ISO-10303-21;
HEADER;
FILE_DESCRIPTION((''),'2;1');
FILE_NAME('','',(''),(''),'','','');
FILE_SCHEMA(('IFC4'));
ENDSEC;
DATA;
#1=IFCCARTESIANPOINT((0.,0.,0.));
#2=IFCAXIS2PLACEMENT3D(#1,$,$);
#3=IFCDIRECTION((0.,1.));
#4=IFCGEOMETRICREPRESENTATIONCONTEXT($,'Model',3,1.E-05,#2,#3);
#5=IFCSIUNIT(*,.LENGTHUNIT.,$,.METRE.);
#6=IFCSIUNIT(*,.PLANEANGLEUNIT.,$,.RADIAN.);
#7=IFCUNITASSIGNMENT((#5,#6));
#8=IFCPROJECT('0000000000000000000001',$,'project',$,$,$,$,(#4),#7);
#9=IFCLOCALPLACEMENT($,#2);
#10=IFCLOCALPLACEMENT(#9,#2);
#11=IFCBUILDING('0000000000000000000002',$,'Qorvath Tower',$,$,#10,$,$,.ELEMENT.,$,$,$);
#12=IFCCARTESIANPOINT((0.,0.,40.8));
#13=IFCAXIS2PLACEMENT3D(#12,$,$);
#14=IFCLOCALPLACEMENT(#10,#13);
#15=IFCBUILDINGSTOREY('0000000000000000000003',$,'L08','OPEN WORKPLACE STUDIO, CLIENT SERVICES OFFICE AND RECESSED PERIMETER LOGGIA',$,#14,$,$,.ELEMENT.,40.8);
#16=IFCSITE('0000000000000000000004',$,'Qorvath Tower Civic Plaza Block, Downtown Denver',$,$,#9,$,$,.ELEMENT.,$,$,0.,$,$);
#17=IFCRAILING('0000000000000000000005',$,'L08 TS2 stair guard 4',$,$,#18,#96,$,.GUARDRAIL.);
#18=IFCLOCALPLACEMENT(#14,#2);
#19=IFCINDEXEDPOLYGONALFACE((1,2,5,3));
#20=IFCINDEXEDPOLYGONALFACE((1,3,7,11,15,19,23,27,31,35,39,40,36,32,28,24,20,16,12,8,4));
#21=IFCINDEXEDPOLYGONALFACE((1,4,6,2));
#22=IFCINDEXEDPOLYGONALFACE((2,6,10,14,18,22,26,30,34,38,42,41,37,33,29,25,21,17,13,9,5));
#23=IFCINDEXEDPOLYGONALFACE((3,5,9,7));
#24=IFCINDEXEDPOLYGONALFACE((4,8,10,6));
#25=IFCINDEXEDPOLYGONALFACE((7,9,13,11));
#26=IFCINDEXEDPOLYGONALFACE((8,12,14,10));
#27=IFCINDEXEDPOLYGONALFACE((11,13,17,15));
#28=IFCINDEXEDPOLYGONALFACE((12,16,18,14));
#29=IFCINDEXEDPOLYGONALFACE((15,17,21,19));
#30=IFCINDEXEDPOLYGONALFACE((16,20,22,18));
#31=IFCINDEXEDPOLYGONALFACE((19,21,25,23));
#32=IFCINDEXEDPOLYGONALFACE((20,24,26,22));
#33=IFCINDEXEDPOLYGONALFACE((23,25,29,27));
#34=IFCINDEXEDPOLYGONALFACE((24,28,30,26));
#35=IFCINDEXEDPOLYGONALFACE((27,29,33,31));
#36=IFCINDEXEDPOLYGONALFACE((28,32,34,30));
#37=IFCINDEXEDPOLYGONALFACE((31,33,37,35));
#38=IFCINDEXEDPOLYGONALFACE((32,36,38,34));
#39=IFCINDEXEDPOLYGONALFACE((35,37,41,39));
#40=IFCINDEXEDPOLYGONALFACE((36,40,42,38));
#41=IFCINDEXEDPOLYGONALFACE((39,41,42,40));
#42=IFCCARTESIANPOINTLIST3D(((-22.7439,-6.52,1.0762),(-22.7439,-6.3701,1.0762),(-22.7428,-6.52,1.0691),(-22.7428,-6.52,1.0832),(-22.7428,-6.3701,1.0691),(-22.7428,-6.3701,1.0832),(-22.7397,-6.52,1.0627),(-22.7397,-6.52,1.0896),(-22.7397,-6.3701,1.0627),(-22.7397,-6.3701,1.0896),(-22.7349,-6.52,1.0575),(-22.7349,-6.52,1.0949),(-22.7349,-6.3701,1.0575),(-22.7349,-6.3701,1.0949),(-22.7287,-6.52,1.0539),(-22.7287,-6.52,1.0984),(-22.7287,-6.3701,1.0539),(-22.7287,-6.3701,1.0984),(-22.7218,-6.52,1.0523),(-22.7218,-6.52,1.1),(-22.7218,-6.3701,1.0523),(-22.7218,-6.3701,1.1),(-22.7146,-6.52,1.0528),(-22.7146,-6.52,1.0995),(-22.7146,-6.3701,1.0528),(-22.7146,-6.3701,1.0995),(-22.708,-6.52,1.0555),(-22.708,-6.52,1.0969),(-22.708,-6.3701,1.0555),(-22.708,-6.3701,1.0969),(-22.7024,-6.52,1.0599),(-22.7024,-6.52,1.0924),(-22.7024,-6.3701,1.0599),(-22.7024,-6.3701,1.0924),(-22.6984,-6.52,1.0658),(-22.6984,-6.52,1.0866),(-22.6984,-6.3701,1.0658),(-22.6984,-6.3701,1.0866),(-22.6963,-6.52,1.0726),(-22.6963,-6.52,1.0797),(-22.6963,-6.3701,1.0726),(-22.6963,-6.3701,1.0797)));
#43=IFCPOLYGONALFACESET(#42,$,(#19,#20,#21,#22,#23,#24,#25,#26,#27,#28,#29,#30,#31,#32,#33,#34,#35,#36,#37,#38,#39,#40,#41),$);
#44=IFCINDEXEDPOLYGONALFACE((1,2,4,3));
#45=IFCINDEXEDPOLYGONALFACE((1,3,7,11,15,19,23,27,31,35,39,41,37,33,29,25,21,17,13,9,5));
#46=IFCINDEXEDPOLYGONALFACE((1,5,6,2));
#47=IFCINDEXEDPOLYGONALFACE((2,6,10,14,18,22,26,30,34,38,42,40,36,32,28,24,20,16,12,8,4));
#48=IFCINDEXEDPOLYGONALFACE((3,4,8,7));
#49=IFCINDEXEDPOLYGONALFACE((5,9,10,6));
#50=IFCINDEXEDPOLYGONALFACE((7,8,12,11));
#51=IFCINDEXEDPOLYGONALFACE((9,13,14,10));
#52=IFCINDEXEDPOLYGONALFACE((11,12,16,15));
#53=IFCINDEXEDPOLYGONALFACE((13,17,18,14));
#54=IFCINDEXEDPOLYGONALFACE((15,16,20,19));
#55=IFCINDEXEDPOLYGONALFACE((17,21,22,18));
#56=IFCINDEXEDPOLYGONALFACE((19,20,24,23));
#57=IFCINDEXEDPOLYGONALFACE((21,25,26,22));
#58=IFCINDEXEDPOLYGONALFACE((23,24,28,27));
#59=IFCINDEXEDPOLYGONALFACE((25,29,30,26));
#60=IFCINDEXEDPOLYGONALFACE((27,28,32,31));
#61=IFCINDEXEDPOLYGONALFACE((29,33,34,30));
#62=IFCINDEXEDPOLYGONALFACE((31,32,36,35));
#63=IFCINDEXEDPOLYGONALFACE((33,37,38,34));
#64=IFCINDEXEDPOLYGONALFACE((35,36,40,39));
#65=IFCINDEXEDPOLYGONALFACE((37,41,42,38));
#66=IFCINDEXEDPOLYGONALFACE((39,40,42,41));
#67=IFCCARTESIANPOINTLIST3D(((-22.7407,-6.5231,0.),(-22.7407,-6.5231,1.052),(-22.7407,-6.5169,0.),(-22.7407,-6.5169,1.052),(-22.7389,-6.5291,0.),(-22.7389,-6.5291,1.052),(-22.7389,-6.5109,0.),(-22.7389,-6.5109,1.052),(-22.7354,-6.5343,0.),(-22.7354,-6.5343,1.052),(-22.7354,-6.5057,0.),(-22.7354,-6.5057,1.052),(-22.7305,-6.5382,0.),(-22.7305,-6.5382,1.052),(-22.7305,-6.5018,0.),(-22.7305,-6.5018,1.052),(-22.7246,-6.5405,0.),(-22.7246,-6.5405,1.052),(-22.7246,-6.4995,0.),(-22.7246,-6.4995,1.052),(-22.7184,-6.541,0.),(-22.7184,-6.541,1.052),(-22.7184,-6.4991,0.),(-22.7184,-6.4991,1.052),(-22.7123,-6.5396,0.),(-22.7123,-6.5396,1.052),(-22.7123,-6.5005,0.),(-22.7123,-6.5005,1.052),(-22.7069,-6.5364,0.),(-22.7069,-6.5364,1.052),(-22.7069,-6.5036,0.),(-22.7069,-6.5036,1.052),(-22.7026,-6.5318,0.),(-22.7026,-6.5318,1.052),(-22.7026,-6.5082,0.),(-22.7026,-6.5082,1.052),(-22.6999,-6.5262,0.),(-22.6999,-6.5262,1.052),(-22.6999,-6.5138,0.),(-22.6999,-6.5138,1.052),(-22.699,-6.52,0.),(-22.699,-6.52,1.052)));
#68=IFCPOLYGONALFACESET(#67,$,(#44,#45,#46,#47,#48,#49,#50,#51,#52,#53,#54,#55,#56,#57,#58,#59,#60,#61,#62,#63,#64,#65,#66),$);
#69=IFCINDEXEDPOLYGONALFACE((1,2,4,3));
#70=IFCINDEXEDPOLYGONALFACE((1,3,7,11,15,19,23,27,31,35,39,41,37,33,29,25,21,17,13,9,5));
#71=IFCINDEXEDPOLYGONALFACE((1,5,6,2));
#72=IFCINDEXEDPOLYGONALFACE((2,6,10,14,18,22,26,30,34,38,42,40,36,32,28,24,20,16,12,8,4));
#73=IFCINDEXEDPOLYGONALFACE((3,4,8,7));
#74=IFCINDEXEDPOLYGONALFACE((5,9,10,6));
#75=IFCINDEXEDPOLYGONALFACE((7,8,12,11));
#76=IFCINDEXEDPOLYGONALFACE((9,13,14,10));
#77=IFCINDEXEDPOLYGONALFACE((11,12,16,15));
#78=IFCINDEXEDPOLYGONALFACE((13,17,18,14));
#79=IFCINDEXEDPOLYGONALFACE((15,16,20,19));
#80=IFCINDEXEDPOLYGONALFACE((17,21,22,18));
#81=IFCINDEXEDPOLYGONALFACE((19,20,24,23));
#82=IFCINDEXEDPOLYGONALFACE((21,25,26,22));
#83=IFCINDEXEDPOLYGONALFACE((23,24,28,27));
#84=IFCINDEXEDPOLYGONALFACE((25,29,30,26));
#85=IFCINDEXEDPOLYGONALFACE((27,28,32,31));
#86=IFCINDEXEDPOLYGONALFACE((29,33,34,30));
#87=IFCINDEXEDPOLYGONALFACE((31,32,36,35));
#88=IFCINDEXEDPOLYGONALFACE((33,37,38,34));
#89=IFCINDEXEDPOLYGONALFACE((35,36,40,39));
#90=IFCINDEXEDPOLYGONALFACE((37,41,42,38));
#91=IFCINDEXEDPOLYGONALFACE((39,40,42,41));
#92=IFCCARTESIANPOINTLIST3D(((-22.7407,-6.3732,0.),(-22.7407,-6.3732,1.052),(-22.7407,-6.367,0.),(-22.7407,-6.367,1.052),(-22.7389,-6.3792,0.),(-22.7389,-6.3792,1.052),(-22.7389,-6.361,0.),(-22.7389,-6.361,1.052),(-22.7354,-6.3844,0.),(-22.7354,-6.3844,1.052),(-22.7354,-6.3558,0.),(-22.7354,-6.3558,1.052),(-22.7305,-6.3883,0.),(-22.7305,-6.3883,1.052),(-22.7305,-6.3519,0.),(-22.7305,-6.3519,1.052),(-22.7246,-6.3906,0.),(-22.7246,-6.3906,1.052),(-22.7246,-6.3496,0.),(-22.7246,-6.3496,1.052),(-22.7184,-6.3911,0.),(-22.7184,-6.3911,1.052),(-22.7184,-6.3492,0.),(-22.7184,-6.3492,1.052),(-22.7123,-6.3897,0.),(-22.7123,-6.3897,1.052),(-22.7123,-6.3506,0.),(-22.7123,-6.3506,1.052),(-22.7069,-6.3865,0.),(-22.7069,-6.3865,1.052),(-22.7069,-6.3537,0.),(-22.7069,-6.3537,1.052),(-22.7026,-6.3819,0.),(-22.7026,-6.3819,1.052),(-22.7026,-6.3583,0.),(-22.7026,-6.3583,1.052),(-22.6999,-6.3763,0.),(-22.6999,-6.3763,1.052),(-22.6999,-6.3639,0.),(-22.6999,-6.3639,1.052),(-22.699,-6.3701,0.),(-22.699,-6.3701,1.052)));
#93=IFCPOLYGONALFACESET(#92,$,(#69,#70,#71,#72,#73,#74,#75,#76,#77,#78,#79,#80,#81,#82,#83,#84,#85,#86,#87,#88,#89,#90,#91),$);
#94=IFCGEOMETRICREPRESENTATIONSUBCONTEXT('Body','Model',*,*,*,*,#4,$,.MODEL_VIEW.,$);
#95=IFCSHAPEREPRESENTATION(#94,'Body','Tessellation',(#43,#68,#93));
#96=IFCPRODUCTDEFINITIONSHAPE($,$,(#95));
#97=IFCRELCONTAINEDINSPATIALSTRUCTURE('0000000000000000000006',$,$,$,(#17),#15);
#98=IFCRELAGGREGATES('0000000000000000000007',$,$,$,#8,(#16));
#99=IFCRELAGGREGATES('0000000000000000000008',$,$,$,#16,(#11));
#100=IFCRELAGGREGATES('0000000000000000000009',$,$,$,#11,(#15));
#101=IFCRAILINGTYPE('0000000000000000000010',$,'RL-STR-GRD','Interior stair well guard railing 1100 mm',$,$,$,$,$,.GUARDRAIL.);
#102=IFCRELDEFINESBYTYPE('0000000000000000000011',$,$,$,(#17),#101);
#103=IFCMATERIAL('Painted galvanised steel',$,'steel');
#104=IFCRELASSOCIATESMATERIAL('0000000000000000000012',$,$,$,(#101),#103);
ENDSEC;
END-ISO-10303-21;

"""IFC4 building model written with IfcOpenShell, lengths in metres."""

from ifc_helpers import new_model, si_unit, direction, frame, origin, origin_2d, place, context, subcontext, project, spatial, circle, extrude, material, type_object, element, save


model = new_model("IFC4")

# Units and contexts
model_context = context("Model", 3, precision=1e-05, world=origin(), true_north=direction((0.0, 1.0)))
body_context = subcontext(model_context, "Body", "Model", "MODEL_VIEW")
ifc_project = project(units=[si_unit("LENGTHUNIT", "METRE"), si_unit("PLANEANGLEUNIT", "RADIAN")], contexts=[model_context])

# Site, building, storey
site_placement = place(None, origin())
site = spatial("IfcSite", under=ifc_project, at=site_placement, Name="Qorvath Tower Civic Plaza Block, Downtown Denver", CompositionType="ELEMENT", RefElevation=0.0)
building_placement = place(site_placement, origin())
building = spatial("IfcBuilding", under=site, at=building_placement, Name="Qorvath Tower", CompositionType="ELEMENT")
storey_placement = place(building_placement, frame((0.0, 0.0, 40.8)))
storey = spatial("IfcBuildingStorey", under=building, at=storey_placement, Name="L08", Description="OPEN WORKPLACE STUDIO, CLIENT SERVICES OFFICE AND RECESSED PERIMETER LOGGIA", CompositionType="ELEMENT", Elevation=40.8)

# Railing
ifc_material_1 = material(Name="Painted galvanised steel", Category="steel")
railing_type_1 = type_object("IfcRailingType", Name="RL-STR-GRD", Description="Interior stair well guard railing 1100 mm", PredefinedType="GUARDRAIL", material=ifc_material_1)
railing_1_placement = place(storey_placement, frame((-22.72, -6.52, 0.0)))
element("IfcRailing", 1, at=railing_1_placement, inside=storey, type_object=railing_type_1, Name="L08 TS2 stair guard 4", PredefinedType="GUARDRAIL", context=body_context, shape_type="SweptSolid", body=[
    extrude(circle(Radius=0.0239, at=origin_2d()), frame((0.0, 0.0, 1.0762), z_axis=(0.0, 1.0, 0.0), x_axis=(-1.0, 0.0, 0.0)), (0.0, 0.0, 1.0), 0.1499),
    extrude(circle(Radius=0.021, at=origin_2d()), origin(), (0.0, 0.0, 1.0), 1.052),
    extrude(circle(Radius=0.021, at=origin_2d()), frame((0.0, 0.1499, 0.0)), (0.0, 0.0, 1.0), 1.052),
])

save(model, "model.ifc")
